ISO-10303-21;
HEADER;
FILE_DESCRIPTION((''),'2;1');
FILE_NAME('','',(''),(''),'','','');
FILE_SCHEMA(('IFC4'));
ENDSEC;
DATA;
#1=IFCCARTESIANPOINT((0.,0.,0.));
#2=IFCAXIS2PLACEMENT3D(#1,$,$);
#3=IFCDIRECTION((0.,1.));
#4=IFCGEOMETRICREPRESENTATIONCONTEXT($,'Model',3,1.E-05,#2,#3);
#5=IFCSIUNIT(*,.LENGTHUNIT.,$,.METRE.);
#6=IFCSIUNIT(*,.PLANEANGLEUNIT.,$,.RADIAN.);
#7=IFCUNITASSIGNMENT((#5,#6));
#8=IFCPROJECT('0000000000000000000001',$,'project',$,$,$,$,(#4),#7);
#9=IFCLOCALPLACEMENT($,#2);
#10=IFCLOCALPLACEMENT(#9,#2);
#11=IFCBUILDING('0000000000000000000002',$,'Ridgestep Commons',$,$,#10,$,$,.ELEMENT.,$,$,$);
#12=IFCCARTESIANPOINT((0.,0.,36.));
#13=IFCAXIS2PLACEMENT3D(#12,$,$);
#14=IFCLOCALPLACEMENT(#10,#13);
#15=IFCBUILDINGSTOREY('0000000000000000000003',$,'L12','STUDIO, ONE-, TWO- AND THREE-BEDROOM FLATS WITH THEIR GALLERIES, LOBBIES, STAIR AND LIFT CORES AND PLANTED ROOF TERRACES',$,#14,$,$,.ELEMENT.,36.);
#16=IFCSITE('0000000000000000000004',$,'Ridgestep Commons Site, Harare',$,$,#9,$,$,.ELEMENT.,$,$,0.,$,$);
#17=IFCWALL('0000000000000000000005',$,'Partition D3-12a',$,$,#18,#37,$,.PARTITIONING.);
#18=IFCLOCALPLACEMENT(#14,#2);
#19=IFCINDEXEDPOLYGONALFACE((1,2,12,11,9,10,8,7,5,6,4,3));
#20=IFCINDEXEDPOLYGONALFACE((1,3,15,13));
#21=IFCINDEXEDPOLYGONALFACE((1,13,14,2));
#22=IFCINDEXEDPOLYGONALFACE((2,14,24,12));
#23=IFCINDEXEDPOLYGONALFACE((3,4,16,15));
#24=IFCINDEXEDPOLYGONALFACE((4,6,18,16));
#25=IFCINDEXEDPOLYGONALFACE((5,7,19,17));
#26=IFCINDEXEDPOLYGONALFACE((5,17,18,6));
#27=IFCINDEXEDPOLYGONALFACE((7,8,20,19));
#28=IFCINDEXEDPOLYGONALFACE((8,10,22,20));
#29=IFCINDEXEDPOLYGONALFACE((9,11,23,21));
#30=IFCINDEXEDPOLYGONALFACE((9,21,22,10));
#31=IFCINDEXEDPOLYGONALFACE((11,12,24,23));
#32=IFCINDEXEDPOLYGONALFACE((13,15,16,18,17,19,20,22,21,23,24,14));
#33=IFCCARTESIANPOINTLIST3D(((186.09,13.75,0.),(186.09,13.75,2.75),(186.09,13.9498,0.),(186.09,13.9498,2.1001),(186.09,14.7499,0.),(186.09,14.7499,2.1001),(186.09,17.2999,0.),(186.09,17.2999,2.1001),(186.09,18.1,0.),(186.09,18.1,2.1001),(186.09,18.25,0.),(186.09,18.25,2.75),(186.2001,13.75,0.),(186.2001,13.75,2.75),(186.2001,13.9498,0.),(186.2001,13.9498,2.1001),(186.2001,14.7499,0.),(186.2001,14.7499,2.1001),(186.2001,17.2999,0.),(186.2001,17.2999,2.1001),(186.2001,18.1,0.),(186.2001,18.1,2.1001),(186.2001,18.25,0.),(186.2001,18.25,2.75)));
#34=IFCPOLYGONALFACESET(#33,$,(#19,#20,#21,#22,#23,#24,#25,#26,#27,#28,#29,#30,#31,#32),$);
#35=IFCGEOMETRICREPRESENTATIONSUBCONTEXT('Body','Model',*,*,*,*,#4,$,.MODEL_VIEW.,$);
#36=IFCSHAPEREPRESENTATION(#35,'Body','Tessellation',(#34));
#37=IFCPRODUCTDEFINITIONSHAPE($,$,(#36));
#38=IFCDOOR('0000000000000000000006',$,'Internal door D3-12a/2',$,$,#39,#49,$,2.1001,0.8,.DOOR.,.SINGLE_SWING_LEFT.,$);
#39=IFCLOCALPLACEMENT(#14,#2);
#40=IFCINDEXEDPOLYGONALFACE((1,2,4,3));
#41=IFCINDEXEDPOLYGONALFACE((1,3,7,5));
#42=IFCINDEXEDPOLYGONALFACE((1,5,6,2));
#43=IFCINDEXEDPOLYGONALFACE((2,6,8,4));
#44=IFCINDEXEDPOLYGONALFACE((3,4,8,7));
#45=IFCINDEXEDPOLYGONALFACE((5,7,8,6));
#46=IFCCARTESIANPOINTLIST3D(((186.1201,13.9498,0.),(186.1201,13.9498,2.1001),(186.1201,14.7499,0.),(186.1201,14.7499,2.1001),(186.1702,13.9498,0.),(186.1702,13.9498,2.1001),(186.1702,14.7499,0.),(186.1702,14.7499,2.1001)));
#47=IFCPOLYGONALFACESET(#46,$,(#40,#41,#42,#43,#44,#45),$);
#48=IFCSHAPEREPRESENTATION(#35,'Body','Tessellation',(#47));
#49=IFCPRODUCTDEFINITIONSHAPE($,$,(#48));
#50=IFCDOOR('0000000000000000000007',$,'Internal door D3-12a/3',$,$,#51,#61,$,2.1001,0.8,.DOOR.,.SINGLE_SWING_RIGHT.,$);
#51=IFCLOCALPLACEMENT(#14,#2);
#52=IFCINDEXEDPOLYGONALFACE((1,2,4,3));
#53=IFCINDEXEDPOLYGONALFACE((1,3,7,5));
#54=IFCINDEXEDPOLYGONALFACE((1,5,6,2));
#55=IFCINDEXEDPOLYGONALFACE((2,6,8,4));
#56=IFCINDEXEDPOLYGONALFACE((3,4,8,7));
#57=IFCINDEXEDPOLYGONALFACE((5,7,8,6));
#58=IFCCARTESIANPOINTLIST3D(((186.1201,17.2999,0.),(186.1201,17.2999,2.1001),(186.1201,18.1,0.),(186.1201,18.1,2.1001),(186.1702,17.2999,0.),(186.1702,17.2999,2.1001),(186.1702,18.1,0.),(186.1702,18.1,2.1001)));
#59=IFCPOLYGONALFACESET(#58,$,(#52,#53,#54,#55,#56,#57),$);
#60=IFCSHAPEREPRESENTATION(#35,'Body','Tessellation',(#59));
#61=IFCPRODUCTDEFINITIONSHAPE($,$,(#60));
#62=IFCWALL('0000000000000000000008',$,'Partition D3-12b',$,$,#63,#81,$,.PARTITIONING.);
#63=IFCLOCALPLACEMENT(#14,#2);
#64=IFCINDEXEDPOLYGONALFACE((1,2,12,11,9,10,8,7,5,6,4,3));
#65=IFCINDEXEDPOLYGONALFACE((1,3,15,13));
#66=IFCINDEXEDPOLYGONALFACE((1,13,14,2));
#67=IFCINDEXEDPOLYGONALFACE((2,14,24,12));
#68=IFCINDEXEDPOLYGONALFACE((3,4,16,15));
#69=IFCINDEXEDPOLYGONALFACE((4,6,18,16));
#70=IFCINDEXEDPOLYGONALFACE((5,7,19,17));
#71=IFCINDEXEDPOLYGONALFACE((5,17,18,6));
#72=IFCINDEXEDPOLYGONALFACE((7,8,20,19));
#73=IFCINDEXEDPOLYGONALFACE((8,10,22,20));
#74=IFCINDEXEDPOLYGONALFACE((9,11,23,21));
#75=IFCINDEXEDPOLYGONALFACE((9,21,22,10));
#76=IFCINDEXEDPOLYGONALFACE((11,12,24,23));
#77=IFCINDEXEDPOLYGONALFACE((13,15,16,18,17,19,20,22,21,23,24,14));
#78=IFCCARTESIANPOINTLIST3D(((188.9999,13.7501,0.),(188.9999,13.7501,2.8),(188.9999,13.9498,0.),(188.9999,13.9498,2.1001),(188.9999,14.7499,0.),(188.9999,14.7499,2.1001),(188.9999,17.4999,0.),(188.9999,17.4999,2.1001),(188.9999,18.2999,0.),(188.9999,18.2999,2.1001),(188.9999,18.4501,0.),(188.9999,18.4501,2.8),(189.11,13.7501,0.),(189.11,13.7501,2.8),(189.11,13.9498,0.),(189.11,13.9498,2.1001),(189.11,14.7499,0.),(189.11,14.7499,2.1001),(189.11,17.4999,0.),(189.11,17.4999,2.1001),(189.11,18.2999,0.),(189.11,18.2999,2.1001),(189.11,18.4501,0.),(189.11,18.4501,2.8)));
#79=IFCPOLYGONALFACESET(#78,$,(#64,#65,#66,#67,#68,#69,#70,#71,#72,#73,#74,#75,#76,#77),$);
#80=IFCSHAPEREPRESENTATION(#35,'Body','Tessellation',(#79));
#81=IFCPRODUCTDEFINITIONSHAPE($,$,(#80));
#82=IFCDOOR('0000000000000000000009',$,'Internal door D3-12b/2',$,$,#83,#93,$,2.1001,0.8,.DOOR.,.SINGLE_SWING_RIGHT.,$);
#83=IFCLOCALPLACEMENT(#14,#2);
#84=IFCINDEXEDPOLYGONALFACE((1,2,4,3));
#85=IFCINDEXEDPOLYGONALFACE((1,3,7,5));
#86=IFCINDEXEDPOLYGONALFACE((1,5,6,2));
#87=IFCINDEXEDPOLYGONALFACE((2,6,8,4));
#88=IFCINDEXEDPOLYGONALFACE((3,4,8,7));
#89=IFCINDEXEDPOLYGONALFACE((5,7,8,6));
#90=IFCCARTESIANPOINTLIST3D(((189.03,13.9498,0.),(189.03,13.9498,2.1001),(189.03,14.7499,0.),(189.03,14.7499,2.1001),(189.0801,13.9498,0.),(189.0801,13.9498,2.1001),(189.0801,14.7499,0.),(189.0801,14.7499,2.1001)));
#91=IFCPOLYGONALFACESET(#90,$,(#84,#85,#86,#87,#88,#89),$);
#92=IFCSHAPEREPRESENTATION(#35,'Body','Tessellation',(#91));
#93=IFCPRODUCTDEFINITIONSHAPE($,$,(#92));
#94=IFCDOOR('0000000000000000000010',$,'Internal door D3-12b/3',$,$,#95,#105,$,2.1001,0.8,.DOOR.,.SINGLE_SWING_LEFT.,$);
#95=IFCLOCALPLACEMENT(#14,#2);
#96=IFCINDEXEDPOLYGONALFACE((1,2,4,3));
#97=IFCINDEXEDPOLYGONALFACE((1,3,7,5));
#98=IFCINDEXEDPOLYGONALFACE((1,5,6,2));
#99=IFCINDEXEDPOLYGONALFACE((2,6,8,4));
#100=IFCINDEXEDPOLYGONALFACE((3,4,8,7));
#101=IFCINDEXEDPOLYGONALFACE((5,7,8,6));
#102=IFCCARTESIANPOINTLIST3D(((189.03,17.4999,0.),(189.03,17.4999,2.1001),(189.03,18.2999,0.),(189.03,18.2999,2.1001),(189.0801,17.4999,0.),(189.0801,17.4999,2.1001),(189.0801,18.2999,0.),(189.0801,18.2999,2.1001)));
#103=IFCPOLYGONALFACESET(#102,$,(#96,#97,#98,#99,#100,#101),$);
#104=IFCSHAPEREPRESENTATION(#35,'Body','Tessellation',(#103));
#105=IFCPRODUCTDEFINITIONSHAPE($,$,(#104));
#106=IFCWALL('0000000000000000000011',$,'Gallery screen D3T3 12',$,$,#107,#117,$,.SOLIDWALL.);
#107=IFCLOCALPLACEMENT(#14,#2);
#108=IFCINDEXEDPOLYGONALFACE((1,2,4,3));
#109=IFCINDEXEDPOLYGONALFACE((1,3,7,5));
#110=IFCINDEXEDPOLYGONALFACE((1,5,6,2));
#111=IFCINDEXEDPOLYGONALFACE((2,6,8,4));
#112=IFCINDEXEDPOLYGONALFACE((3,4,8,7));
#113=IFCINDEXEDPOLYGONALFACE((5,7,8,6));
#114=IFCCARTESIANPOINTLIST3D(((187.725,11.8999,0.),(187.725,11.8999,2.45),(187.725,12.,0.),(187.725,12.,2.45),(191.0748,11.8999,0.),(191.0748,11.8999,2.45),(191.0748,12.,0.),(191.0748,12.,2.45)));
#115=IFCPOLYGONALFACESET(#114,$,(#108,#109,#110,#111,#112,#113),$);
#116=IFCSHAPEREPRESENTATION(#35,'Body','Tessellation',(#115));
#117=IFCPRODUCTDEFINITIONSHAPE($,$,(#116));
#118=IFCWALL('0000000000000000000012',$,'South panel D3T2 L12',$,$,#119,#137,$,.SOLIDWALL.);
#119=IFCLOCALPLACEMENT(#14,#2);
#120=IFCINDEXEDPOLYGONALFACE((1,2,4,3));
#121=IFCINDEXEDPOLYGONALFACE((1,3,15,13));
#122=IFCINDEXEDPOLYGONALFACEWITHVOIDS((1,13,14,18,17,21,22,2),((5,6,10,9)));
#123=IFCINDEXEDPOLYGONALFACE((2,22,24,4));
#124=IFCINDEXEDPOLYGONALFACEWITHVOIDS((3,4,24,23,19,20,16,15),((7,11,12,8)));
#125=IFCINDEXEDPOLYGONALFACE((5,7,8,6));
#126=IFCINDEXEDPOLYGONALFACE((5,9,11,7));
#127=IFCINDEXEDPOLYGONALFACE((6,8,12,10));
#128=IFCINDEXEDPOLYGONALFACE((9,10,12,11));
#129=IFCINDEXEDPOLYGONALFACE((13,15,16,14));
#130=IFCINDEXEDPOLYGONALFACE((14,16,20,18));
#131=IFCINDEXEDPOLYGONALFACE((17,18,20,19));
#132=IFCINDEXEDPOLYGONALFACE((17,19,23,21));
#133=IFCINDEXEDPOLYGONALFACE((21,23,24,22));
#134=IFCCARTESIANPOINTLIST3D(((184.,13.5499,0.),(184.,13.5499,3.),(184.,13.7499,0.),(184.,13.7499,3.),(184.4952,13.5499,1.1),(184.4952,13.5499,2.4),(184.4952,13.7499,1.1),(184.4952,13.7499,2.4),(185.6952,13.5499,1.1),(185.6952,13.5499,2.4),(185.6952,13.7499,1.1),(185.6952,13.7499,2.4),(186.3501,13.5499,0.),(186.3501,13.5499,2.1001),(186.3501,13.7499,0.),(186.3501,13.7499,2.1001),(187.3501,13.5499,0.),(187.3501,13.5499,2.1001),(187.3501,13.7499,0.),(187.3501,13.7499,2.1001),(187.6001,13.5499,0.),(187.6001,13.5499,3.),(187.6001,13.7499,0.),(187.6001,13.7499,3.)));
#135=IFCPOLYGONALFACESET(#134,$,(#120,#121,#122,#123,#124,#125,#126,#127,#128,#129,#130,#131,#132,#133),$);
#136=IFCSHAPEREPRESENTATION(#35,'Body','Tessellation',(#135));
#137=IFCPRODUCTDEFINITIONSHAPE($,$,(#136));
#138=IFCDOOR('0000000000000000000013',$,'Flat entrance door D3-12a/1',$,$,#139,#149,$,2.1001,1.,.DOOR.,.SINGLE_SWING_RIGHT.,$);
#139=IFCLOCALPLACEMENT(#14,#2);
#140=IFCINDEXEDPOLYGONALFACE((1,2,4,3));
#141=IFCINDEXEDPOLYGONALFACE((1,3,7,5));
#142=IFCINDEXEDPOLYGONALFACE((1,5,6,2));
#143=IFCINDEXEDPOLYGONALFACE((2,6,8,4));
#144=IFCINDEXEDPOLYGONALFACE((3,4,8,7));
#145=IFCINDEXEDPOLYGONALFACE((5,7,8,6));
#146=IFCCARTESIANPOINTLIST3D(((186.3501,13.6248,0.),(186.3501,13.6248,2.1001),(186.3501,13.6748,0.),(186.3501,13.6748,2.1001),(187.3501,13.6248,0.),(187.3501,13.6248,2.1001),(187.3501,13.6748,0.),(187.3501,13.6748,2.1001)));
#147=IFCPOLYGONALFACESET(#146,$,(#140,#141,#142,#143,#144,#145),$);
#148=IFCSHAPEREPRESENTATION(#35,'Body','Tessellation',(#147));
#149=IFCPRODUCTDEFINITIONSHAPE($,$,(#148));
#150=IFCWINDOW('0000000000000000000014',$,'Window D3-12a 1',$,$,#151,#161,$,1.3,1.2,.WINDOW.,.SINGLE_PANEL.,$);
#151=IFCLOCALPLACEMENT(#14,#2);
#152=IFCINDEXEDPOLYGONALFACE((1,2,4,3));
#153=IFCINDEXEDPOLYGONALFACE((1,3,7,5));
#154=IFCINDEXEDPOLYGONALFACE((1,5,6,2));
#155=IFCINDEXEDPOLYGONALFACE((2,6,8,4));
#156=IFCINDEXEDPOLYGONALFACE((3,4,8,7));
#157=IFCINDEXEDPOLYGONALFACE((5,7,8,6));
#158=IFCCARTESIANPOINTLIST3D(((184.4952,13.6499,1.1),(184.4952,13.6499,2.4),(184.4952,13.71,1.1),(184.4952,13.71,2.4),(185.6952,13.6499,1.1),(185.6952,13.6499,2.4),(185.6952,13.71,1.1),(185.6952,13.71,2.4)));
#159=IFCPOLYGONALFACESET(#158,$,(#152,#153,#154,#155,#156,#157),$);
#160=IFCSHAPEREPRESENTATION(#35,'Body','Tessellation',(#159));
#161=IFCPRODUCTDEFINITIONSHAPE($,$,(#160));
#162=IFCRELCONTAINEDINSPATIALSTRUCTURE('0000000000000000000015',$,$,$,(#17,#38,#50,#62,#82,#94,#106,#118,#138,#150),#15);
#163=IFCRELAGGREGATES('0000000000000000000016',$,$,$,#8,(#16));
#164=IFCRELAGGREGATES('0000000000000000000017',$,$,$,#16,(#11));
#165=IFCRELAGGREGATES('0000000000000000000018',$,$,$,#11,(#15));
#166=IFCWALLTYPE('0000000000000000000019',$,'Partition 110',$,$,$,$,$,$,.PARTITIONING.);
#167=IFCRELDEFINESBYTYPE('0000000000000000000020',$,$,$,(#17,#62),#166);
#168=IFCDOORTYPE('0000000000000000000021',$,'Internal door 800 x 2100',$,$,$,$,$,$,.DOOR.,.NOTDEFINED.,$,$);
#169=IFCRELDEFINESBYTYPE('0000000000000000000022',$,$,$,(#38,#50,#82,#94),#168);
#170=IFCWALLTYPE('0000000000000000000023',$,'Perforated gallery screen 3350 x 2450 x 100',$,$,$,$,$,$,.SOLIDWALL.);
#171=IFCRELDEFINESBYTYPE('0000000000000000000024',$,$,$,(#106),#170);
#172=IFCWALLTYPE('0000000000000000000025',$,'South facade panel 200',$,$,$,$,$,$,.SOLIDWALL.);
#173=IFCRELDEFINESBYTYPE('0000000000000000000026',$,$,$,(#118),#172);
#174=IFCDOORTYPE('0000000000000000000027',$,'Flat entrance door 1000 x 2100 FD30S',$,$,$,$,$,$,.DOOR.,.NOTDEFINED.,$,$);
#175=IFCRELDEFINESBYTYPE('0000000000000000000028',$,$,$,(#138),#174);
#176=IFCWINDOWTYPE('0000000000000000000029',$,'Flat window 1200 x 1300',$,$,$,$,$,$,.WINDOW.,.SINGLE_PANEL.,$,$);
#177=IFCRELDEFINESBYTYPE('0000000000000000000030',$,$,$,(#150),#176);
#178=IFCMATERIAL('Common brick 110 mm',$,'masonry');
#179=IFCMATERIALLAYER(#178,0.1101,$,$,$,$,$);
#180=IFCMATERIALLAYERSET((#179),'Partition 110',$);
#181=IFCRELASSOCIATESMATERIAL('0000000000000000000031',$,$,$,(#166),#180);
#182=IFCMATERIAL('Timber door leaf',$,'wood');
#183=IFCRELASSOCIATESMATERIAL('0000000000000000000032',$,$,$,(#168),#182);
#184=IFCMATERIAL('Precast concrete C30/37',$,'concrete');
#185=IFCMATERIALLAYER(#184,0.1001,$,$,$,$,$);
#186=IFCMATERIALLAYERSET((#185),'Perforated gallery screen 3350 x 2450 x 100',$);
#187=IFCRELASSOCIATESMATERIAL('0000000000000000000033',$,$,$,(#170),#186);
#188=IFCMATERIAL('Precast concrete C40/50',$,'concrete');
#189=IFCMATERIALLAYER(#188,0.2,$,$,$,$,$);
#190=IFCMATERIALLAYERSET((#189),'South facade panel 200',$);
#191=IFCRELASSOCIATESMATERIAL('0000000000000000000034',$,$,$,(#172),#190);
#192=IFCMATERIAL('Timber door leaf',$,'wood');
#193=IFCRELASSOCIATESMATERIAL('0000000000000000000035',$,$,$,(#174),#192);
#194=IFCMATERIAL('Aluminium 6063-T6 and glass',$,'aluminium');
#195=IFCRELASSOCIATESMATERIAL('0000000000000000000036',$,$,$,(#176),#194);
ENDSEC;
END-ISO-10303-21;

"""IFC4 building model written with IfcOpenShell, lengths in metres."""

from ifc_helpers import new_model, si_unit, direction, frame, frame_2d, origin, place, context, subcontext, project, spatial, rectangle, extrude, material, layer, layer_set, type_object, element, fill, save


model = new_model("IFC4")

# Units and contexts
model_context = context("Model", 3, precision=1e-05, world=origin(), true_north=direction((0.0, 1.0)))
body_context = subcontext(model_context, "Body", "Model", "MODEL_VIEW")
ifc_project = project(units=[si_unit("LENGTHUNIT", "METRE"), si_unit("PLANEANGLEUNIT", "RADIAN")], contexts=[model_context])

# Site, building, storey
site_placement = place(None, origin())
site = spatial("IfcSite", under=ifc_project, at=site_placement, Name="Ridgestep Commons Site, Harare", CompositionType="ELEMENT", RefElevation=0.0)
building_placement = place(site_placement, origin())
building = spatial("IfcBuilding", under=site, at=building_placement, Name="Ridgestep Commons", CompositionType="ELEMENT")
storey_placement = place(building_placement, frame((0.0, 0.0, 36.0)))
storey = spatial("IfcBuildingStorey", under=building, at=storey_placement, Name="L12", Description="STUDIO, ONE-, TWO- AND THREE-BEDROOM FLATS WITH THEIR GALLERIES, LOBBIES, STAIR AND LIFT CORES AND PLANTED ROOF TERRACES", CompositionType="ELEMENT", Elevation=36.0)

# Walls, openings, doors
ifc_material_1 = material(Name="Common brick 110 mm", Category="masonry")
ifc_layer_1 = layer(ifc_material_1, 0.1101)
ifc_layer_set_1 = layer_set([ifc_layer_1], Name="Partition 110")
wall_type_1 = type_object("IfcWallType", Name="Partition 110", PredefinedType="PARTITIONING", material=ifc_layer_set_1)
wall_1_placement = place(storey_placement, frame((186.145, 13.75, 0.0), z_axis=(0.0, 0.0, 1.0), x_axis=(0.0, 1.0, 0.0)))
wall_1 = element("IfcWall", 1, at=wall_1_placement, inside=storey, type_object=wall_type_1, Name="Partition D3-12a", PredefinedType="PARTITIONING", context=body_context, shape_type="SweptSolid", body=[
    extrude(rectangle(XDim=4.5, YDim=0.1101, at=frame_2d((2.25, 0.0))), origin(), (0.0, 0.0, 1.0), 2.75),
])
opening_1_placement = place(wall_1_placement, frame((0.2, 0.0, 0.0)))
opening_1 = element("IfcOpeningElement", 2, at=opening_1_placement, cuts=wall_1, PredefinedType="OPENING", context=body_context, shape_type="SweptSolid", body=[
    extrude(rectangle(XDim=0.8, YDim=2.1001, at=frame_2d((0.3999, 1.05))), frame((0.0, 0.0649, 0.0), z_axis=(0.0, -1.0, 0.0), x_axis=(1.0, 0.0, 0.0)), (0.0, 0.0, 1.0), 0.1301),
])
opening_2_placement = place(wall_1_placement, frame((3.55, 0.0, 0.0)))
opening_2 = element("IfcOpeningElement", 3, at=opening_2_placement, cuts=wall_1, PredefinedType="OPENING", context=body_context, shape_type="SweptSolid", body=[
    extrude(rectangle(XDim=0.8, YDim=2.1001, at=frame_2d((0.3999, 1.05))), frame((0.0, 0.0649, 0.0), z_axis=(0.0, -1.0, 0.0), x_axis=(1.0, 0.0, 0.0)), (0.0, 0.0, 1.0), 0.1301),
])
ifc_material_2 = material(Name="Timber door leaf", Category="wood")
door_type_1 = type_object("IfcDoorType", Name="Internal door 800 x 2100", OperationType="NOTDEFINED", PredefinedType="DOOR", material=ifc_material_2)
door_1_placement = place(opening_1_placement, origin())
door_1 = element("IfcDoor", 4, at=door_1_placement, inside=storey, type_object=door_type_1, Name="Internal door D3-12a/2", OperationType="SINGLE_SWING_LEFT", OverallHeight=2.1001, OverallWidth=0.8, PredefinedType="DOOR", context=body_context, shape_type="SweptSolid", body=[
    extrude(rectangle(XDim=0.8, YDim=2.1001, at=frame_2d((0.3999, 1.05))), frame((0.0, 0.0249, 0.0), z_axis=(0.0, -1.0, 0.0), x_axis=(1.0, 0.0, 0.0)), (0.0, 0.0, 1.0), 0.05),
])
fill(opening_1, door_1)
door_2_placement = place(opening_2_placement, origin())
door_2 = element("IfcDoor", 5, at=door_2_placement, inside=storey, type_object=door_type_1, Name="Internal door D3-12a/3", OperationType="SINGLE_SWING_RIGHT", OverallHeight=2.1001, OverallWidth=0.8, PredefinedType="DOOR", context=body_context, shape_type="SweptSolid", body=[
    extrude(rectangle(XDim=0.8, YDim=2.1001, at=frame_2d((0.3999, 1.05))), frame((0.0, 0.0249, 0.0), z_axis=(0.0, -1.0, 0.0), x_axis=(1.0, 0.0, 0.0)), (0.0, 0.0, 1.0), 0.05),
])
fill(opening_2, door_2)
wall_2_placement = place(storey_placement, frame((189.0549, 13.75, 0.0), z_axis=(0.0, 0.0, 1.0), x_axis=(0.0, 1.0, 0.0)))
wall_2 = element("IfcWall", 6, at=wall_2_placement, inside=storey, type_object=wall_type_1, Name="Partition D3-12b", PredefinedType="PARTITIONING", context=body_context, shape_type="SweptSolid", body=[
    extrude(rectangle(XDim=4.7, YDim=0.1101, at=frame_2d((2.3501, 0.0))), origin(), (0.0, 0.0, 1.0), 2.8),
])
opening_3_placement = place(wall_2_placement, frame((0.2, 0.0, 0.0)))
opening_3 = element("IfcOpeningElement", 7, at=opening_3_placement, cuts=wall_2, PredefinedType="OPENING", context=body_context, shape_type="SweptSolid", body=[
    extrude(rectangle(XDim=0.8, YDim=2.1001, at=frame_2d((0.3999, 1.05))), frame((0.0, 0.0649, 0.0), z_axis=(0.0, -1.0, 0.0), x_axis=(1.0, 0.0, 0.0)), (0.0, 0.0, 1.0), 0.1301),
])
opening_4_placement = place(wall_2_placement, frame((3.75, 0.0, 0.0)))
opening_4 = element("IfcOpeningElement", 8, at=opening_4_placement, cuts=wall_2, PredefinedType="OPENING", context=body_context, shape_type="SweptSolid", body=[
    extrude(rectangle(XDim=0.8, YDim=2.1001, at=frame_2d((0.3999, 1.05))), frame((0.0, 0.0649, 0.0), z_axis=(0.0, -1.0, 0.0), x_axis=(1.0, 0.0, 0.0)), (0.0, 0.0, 1.0), 0.1301),
])
door_3_placement = place(opening_3_placement, origin())
door_3 = element("IfcDoor", 9, at=door_3_placement, inside=storey, type_object=door_type_1, Name="Internal door D3-12b/2", OperationType="SINGLE_SWING_RIGHT", OverallHeight=2.1001, OverallWidth=0.8, PredefinedType="DOOR", context=body_context, shape_type="SweptSolid", body=[
    extrude(rectangle(XDim=0.8, YDim=2.1001, at=frame_2d((0.3999, 1.05))), frame((0.0, 0.0249, 0.0), z_axis=(0.0, -1.0, 0.0), x_axis=(1.0, 0.0, 0.0)), (0.0, 0.0, 1.0), 0.05),
])
fill(opening_3, door_3)
door_4_placement = place(opening_4_placement, origin())
door_4 = element("IfcDoor", 10, at=door_4_placement, inside=storey, type_object=door_type_1, Name="Internal door D3-12b/3", OperationType="SINGLE_SWING_LEFT", OverallHeight=2.1001, OverallWidth=0.8, PredefinedType="DOOR", context=body_context, shape_type="SweptSolid", body=[
    extrude(rectangle(XDim=0.8, YDim=2.1001, at=frame_2d((0.3999, 1.05))), frame((0.0, 0.0249, 0.0), z_axis=(0.0, -1.0, 0.0), x_axis=(1.0, 0.0, 0.0)), (0.0, 0.0, 1.0), 0.05),
])
fill(opening_4, door_4)

# Wall
ifc_material_3 = material(Name="Precast concrete C30/37", Category="concrete")
ifc_layer_2 = layer(ifc_material_3, 0.1001)
ifc_layer_set_2 = layer_set([ifc_layer_2], Name="Perforated gallery screen 3350 x 2450 x 100")
wall_type_2 = type_object("IfcWallType", Name="Perforated gallery screen 3350 x 2450 x 100", PredefinedType="SOLIDWALL", material=ifc_layer_set_2)
wall_3_placement = place(storey_placement, frame((187.7251, 11.95, 0.0), z_axis=(0.0, 0.0, 1.0), x_axis=(1.0, 0.0, 0.0)))
element("IfcWall", 11, at=wall_3_placement, inside=storey, type_object=wall_type_2, Name="Gallery screen D3T3 12", PredefinedType="SOLIDWALL", context=body_context, shape_type="SweptSolid", body=[
    extrude(rectangle(XDim=3.3499, YDim=0.1001, at=frame_2d((1.6748, 0.0))), origin(), (0.0, 0.0, 1.0), 2.45),
])

# Wall, openings, door, window
ifc_material_4 = material(Name="Precast concrete C40/50", Category="concrete")
ifc_layer_3 = layer(ifc_material_4, 0.2)
ifc_layer_set_3 = layer_set([ifc_layer_3], Name="South facade panel 200")
wall_type_3 = type_object("IfcWallType", Name="South facade panel 200", PredefinedType="SOLIDWALL", material=ifc_layer_set_3)
wall_4_placement = place(storey_placement, frame((184.0, 13.6499, 0.0), z_axis=(0.0, 0.0, 1.0), x_axis=(1.0, 0.0, 0.0)))
wall_4 = element("IfcWall", 12, at=wall_4_placement, inside=storey, type_object=wall_type_3, Name="South panel D3T2 L12", PredefinedType="SOLIDWALL", context=body_context, shape_type="SweptSolid", body=[
    extrude(rectangle(XDim=3.6001, YDim=0.2, at=frame_2d((1.8, 0.0))), origin(), (0.0, 0.0, 1.0), 3.0),
])
opening_5_placement = place(wall_4_placement, frame((0.4951, 0.0, 1.1001)))
opening_5 = element("IfcOpeningElement", 13, at=opening_5_placement, cuts=wall_4, PredefinedType="OPENING", context=body_context, shape_type="SweptSolid", body=[
    extrude(rectangle(XDim=1.2, YDim=1.3, at=frame_2d((0.6001, 0.6499))), frame((0.0, 0.1099, 0.0), z_axis=(0.0, -1.0, 0.0), x_axis=(1.0, 0.0, 0.0)), (0.0, 0.0, 1.0), 0.22),
])
opening_6_placement = place(wall_4_placement, frame((2.3501, 0.0, 0.0)))
opening_6 = element("IfcOpeningElement", 14, at=opening_6_placement, cuts=wall_4, PredefinedType="OPENING", context=body_context, shape_type="SweptSolid", body=[
    extrude(rectangle(XDim=1.0, YDim=2.1001, at=frame_2d((0.5, 1.05))), frame((0.0, 0.1099, 0.0), z_axis=(0.0, -1.0, 0.0), x_axis=(1.0, 0.0, 0.0)), (0.0, 0.0, 1.0), 0.22),
])
ifc_material_5 = material(Name="Timber door leaf", Category="wood")
door_type_2 = type_object("IfcDoorType", Name="Flat entrance door 1000 x 2100 FD30S", OperationType="NOTDEFINED", PredefinedType="DOOR", material=ifc_material_5)
door_5_placement = place(opening_6_placement, origin())
door_5 = element("IfcDoor", 15, at=door_5_placement, inside=storey, type_object=door_type_2, Name="Flat entrance door D3-12a/1", OperationType="SINGLE_SWING_RIGHT", OverallHeight=2.1001, OverallWidth=1.0, PredefinedType="DOOR", context=body_context, shape_type="SweptSolid", body=[
    extrude(rectangle(XDim=1.0, YDim=2.1001, at=frame_2d((0.5, 1.05))), frame((0.0, 0.0249, 0.0), z_axis=(0.0, -1.0, 0.0), x_axis=(1.0, 0.0, 0.0)), (0.0, 0.0, 1.0), 0.05),
])
fill(opening_6, door_5)
ifc_material_6 = material(Name="Aluminium 6063-T6 and glass", Category="aluminium")
window_type_1 = type_object("IfcWindowType", Name="Flat window 1200 x 1300", PartitioningType="SINGLE_PANEL", PredefinedType="WINDOW", material=ifc_material_6)
window_1_placement = place(opening_5_placement, origin())
window_1 = element("IfcWindow", 16, at=window_1_placement, inside=storey, type_object=window_type_1, Name="Window D3-12a 1", OverallHeight=1.3, OverallWidth=1.2, PartitioningType="SINGLE_PANEL", PredefinedType="WINDOW", context=body_context, shape_type="SweptSolid", body=[
    extrude(rectangle(XDim=1.2, YDim=1.3, at=frame_2d((0.6001, 0.6499))), frame((0.0, 0.0601, 0.0), z_axis=(0.0, -1.0, 0.0), x_axis=(1.0, 0.0, 0.0)), (0.0, 0.0, 1.0), 0.0601),
])
fill(opening_5, window_1)

save(model, "model.ifc")
